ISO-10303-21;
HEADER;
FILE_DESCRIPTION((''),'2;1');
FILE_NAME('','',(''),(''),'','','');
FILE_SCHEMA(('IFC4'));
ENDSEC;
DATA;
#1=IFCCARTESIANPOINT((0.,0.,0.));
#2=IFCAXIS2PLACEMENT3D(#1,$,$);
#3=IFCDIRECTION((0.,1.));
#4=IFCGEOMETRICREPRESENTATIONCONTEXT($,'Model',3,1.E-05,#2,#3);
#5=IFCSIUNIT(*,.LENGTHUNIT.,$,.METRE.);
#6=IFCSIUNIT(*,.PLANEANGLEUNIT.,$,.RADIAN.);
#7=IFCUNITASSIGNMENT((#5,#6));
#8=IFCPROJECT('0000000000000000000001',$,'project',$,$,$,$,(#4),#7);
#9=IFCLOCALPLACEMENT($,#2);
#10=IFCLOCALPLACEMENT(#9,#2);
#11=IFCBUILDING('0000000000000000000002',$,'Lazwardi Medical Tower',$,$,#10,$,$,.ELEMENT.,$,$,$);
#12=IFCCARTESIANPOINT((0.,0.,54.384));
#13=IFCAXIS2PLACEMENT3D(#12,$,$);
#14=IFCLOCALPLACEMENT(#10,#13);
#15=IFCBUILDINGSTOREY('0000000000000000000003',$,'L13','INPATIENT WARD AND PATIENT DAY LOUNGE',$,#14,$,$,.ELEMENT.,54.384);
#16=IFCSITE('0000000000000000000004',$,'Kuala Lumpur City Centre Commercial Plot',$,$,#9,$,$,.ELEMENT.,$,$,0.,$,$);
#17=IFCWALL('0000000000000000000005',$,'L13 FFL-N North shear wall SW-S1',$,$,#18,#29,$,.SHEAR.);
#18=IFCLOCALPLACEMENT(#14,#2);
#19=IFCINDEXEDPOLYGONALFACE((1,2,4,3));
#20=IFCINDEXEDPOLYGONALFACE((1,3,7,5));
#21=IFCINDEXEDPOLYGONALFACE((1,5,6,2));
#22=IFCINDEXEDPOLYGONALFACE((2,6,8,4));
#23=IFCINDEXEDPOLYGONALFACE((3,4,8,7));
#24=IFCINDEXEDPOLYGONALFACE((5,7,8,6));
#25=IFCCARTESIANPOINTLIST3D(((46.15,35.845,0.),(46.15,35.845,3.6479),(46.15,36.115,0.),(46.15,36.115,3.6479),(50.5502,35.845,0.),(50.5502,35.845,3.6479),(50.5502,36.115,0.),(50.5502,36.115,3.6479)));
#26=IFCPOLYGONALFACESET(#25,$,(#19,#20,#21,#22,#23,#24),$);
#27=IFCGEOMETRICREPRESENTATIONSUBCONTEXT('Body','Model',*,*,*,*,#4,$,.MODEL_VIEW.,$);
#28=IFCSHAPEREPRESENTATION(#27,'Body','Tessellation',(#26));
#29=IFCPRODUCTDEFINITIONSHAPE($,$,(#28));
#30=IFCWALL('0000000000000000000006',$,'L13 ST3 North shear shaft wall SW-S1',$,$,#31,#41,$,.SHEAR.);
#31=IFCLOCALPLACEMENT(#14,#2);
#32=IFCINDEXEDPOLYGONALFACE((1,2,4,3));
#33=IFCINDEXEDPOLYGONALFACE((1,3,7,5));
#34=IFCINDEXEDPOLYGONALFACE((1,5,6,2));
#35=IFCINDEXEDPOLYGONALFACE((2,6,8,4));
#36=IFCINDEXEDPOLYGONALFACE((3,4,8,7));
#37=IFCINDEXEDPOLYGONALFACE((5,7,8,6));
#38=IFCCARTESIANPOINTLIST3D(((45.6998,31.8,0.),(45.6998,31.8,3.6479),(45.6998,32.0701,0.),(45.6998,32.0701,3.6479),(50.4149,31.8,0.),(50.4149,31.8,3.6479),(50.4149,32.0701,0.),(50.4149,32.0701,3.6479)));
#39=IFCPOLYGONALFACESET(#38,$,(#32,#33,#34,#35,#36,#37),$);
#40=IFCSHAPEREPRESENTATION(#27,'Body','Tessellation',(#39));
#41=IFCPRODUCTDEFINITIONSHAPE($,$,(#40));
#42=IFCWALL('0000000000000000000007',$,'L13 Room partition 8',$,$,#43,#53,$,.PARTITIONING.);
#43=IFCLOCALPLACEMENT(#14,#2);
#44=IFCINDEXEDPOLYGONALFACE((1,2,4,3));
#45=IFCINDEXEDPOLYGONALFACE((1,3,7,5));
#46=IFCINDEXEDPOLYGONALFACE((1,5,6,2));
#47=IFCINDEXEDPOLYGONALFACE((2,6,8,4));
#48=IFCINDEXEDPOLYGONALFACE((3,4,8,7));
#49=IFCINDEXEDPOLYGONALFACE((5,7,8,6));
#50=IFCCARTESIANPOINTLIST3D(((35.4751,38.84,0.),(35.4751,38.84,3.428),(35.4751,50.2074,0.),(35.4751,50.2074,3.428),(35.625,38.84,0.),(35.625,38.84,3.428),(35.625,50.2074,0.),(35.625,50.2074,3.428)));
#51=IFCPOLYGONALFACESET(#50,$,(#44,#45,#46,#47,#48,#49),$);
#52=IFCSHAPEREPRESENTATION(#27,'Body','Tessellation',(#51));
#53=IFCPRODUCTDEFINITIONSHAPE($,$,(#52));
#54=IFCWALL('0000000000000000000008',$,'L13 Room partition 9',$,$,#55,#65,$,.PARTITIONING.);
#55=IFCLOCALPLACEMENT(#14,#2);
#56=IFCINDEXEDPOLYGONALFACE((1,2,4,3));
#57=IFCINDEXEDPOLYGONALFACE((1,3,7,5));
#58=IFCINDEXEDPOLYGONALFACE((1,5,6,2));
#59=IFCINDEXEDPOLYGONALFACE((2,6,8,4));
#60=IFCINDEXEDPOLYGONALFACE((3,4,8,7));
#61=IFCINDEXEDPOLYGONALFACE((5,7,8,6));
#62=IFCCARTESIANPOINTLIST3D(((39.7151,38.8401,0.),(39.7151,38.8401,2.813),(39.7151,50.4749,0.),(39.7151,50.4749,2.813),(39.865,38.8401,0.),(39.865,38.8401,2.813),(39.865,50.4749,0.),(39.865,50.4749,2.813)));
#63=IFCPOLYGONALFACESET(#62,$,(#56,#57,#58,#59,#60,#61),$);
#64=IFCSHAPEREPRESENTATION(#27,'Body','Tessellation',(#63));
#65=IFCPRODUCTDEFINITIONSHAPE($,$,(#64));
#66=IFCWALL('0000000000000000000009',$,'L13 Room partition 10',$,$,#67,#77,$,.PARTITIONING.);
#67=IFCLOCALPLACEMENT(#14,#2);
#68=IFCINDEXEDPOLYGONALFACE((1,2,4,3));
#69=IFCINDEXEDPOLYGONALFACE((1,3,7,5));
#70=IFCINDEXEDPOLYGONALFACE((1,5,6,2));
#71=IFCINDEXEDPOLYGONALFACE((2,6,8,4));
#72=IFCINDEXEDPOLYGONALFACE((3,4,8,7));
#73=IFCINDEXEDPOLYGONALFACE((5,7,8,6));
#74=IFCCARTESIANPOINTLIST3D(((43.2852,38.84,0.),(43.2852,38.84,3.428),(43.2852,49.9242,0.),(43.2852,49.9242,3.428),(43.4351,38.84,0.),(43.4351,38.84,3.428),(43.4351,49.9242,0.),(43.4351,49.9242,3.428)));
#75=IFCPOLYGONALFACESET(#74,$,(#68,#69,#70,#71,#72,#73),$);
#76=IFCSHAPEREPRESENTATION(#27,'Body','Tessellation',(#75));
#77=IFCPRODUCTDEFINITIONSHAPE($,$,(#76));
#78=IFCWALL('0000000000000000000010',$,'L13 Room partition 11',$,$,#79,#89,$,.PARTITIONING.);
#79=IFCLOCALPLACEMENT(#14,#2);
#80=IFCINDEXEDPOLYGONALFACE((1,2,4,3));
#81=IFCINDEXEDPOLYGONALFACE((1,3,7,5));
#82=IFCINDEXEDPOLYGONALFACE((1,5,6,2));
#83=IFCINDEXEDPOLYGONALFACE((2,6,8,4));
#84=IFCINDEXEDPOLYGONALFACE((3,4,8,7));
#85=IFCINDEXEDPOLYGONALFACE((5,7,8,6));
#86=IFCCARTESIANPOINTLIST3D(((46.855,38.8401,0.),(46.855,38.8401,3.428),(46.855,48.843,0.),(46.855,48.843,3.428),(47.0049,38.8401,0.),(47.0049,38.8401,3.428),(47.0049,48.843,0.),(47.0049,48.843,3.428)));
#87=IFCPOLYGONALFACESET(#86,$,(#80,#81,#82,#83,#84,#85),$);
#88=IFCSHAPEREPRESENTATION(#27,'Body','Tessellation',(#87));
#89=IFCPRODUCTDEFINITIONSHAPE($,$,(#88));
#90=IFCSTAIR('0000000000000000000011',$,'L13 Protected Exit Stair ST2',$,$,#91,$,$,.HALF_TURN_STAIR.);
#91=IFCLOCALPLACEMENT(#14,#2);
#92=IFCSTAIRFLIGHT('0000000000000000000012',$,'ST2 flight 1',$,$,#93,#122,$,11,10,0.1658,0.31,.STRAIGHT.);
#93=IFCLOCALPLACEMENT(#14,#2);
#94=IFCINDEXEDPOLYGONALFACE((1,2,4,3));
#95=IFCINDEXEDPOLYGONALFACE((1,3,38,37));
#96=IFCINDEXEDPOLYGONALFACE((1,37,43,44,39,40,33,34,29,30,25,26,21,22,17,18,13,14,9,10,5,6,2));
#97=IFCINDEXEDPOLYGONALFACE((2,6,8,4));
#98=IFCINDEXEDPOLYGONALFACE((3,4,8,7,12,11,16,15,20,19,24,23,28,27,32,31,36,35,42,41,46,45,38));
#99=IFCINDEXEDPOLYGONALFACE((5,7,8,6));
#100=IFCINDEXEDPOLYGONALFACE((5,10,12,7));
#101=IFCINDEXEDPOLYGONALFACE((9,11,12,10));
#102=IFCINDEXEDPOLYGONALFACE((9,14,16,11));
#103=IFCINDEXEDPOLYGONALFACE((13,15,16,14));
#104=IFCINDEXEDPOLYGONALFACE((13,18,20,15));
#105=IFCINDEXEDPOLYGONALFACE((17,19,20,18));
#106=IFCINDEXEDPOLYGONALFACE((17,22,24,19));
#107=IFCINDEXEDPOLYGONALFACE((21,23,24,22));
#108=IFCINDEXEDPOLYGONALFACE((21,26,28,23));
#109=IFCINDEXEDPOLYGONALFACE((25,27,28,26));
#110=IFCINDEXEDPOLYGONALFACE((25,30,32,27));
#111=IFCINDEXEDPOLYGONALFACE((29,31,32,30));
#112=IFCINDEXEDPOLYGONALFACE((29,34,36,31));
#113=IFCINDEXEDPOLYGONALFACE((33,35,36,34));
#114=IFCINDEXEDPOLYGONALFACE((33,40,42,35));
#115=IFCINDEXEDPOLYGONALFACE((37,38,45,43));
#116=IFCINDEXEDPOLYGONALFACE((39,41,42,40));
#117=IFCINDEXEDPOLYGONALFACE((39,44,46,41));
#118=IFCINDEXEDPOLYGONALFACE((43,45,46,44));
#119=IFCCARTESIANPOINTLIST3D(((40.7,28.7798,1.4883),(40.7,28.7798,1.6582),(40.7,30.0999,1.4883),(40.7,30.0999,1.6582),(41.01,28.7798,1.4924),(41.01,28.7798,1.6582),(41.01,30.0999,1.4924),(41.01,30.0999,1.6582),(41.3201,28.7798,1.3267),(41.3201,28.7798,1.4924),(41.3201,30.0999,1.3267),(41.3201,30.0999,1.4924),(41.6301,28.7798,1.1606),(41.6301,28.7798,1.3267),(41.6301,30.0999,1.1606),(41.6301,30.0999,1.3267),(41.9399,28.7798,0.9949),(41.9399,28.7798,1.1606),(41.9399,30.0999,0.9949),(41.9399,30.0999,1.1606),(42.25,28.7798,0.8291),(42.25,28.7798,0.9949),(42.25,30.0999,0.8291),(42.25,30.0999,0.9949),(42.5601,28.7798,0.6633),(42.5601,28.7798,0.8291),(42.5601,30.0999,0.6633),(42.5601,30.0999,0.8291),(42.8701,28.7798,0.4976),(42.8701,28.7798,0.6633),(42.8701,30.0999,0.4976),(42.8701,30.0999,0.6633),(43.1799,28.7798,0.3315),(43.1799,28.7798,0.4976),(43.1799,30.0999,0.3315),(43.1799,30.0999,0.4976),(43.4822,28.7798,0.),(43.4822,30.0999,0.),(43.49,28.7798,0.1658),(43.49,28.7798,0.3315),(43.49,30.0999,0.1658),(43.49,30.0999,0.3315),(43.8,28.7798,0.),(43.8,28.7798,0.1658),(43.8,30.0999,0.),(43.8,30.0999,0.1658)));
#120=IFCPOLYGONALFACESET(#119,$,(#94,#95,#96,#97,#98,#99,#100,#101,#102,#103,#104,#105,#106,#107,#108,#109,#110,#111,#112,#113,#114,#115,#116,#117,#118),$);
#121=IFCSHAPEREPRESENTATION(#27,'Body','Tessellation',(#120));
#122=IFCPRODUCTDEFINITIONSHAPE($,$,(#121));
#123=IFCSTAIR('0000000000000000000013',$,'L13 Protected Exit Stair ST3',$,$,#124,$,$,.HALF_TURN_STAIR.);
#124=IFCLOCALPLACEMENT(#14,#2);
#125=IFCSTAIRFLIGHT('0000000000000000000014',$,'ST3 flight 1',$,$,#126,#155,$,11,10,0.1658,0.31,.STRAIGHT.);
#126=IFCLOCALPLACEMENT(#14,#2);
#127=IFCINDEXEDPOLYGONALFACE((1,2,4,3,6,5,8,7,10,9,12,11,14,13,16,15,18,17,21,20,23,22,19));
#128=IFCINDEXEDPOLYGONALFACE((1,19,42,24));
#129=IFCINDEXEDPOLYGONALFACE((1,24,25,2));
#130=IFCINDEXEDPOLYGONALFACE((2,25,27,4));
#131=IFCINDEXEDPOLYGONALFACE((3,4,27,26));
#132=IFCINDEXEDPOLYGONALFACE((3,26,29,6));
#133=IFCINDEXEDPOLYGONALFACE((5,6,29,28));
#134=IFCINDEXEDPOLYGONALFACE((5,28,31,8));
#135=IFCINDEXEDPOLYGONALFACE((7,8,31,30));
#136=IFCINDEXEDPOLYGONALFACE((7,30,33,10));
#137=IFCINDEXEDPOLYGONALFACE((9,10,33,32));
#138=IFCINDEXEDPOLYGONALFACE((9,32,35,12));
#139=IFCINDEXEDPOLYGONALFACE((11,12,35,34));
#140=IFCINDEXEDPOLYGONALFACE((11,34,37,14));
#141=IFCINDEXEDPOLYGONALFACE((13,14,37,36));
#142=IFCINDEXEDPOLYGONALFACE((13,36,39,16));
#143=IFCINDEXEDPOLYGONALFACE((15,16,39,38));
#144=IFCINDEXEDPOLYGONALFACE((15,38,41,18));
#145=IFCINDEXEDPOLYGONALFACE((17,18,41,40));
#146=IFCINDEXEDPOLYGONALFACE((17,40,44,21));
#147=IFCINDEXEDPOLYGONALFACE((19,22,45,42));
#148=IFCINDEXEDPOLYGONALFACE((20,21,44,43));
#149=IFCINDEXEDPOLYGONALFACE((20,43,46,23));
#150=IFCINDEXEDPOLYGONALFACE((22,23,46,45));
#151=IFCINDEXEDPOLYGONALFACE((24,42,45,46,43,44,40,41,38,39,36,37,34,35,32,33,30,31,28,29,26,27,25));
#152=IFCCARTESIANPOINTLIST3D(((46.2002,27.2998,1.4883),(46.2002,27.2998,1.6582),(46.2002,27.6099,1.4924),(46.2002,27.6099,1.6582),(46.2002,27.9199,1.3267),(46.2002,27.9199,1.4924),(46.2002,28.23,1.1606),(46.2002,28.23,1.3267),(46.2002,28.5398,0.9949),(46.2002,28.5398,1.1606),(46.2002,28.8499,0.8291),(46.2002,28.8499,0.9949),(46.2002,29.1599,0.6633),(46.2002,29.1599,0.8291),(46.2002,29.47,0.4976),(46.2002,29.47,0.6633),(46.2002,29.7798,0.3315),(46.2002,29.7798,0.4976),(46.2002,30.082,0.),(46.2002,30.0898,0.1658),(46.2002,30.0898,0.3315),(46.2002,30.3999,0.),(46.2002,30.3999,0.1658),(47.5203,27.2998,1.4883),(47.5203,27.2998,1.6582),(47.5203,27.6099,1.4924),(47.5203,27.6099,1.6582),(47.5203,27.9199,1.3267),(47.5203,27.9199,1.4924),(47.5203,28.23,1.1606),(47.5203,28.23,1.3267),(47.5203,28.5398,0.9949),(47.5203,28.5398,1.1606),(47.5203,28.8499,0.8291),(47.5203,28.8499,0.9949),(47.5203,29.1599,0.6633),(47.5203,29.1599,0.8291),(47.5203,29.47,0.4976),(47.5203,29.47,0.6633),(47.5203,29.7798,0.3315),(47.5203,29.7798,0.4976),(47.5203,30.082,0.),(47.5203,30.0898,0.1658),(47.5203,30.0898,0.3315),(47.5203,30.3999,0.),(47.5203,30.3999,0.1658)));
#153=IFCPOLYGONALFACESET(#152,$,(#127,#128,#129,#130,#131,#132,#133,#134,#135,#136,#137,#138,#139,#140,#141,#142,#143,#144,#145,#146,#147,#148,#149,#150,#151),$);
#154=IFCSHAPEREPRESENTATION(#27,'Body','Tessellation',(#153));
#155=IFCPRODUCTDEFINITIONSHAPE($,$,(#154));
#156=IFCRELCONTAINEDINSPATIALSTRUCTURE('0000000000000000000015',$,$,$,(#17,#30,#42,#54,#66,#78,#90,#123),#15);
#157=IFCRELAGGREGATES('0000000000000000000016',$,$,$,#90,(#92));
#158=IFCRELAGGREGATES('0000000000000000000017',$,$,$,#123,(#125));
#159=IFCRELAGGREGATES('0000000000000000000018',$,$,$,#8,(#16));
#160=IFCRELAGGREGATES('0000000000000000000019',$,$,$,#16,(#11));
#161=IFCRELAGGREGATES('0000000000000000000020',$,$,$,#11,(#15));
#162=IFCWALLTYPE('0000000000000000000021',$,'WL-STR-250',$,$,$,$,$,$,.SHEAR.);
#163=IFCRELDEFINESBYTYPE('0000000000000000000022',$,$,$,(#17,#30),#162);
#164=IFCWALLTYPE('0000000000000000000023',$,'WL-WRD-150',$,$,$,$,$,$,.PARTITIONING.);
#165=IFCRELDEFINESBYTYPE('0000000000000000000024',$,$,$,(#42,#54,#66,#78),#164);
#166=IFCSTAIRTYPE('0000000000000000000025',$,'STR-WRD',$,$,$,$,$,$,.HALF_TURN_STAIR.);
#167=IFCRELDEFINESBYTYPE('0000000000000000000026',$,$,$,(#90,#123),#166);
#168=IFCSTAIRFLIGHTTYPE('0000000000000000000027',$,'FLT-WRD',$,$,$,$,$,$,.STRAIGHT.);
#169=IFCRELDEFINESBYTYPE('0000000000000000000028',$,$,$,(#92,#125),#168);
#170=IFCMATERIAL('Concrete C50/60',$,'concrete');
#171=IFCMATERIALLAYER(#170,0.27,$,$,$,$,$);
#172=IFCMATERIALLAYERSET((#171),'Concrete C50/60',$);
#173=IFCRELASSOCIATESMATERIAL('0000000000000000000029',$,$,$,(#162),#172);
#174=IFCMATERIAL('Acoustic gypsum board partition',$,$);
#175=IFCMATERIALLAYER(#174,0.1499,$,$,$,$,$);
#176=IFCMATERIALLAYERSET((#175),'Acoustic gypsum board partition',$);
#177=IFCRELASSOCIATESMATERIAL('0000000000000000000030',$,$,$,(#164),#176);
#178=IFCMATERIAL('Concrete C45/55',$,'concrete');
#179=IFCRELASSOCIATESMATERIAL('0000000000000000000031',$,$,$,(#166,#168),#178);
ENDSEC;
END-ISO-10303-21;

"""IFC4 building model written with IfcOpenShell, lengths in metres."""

from ifc_helpers import new_model, si_unit, direction, frame, frame_2d, origin, place, context, subcontext, project, spatial, polyline, rectangle, outline, extrude, material, layer, layer_set, type_object, element, aggregate, save


model = new_model("IFC4")

# Units and contexts
model_context = context("Model", 3, precision=1e-05, world=origin(), true_north=direction((0.0, 1.0)))
body_context = subcontext(model_context, "Body", "Model", "MODEL_VIEW")
ifc_project = project(units=[si_unit("LENGTHUNIT", "METRE"), si_unit("PLANEANGLEUNIT", "RADIAN")], contexts=[model_context])

# Site, building, storey
site_placement = place(None, origin())
site = spatial("IfcSite", under=ifc_project, at=site_placement, Name="Kuala Lumpur City Centre Commercial Plot", CompositionType="ELEMENT", RefElevation=0.0)
building_placement = place(site_placement, origin())
building = spatial("IfcBuilding", under=site, at=building_placement, Name="Lazwardi Medical Tower", CompositionType="ELEMENT")
storey_placement = place(building_placement, frame((0.0, 0.0, 54.384)))
storey = spatial("IfcBuildingStorey", under=building, at=storey_placement, Name="L13", Description="INPATIENT WARD AND PATIENT DAY LOUNGE", CompositionType="ELEMENT", Elevation=54.384)

# Shared definitions
ifc_material_1 = material(Name="Concrete C50/60", Category="concrete")
ifc_layer_1 = layer(ifc_material_1, 0.27)
ifc_layer_set_1 = layer_set([ifc_layer_1], Name="Concrete C50/60")
wall_type_1 = type_object("IfcWallType", Name="WL-STR-250", PredefinedType="SHEAR", material=ifc_layer_set_1)

# Walls
wall_1_placement = place(storey_placement, frame((46.1499, 35.98, 0.0), z_axis=(0.0, 0.0, 1.0), x_axis=(1.0, 0.0, 0.0)))
element("IfcWall", 1, at=wall_1_placement, inside=storey, type_object=wall_type_1, Name="L13 FFL-N North shear wall SW-S1", PredefinedType="SHEAR", context=body_context, shape_type="SweptSolid", body=[
    extrude(rectangle(XDim=4.4001, YDim=0.27, at=frame_2d((2.2002, 0.0))), origin(), (0.0, 0.0, 1.0), 3.6479),
])
wall_2_placement = place(storey_placement, frame((45.7, 31.9351, 0.0), z_axis=(0.0, 0.0, 1.0), x_axis=(1.0, 0.0, 0.0)))
element("IfcWall", 2, at=wall_2_placement, inside=storey, type_object=wall_type_1, Name="L13 ST3 North shear shaft wall SW-S1", PredefinedType="SHEAR", context=body_context, shape_type="SweptSolid", body=[
    extrude(rectangle(XDim=4.7151, YDim=0.27, at=frame_2d((2.3574, 0.0))), origin(), (0.0, 0.0, 1.0), 3.6479),
])
ifc_material_2 = material(Name="Acoustic gypsum board partition")
ifc_layer_2 = layer(ifc_material_2, 0.1499)
ifc_layer_set_2 = layer_set([ifc_layer_2], Name="Acoustic gypsum board partition")
wall_type_2 = type_object("IfcWallType", Name="WL-WRD-150", PredefinedType="PARTITIONING", material=ifc_layer_set_2)
wall_3_placement = place(storey_placement, frame((35.55, 38.8401, 0.0), z_axis=(0.0, 0.0, 1.0), x_axis=(0.0, 1.0, 0.0)))
element("IfcWall", 3, at=wall_3_placement, inside=storey, type_object=wall_type_2, Name="L13 Room partition 8", PredefinedType="PARTITIONING", context=body_context, shape_type="SweptSolid", body=[
    extrude(rectangle(XDim=11.3674, YDim=0.1499, at=frame_2d((5.6836, 0.0))), origin(), (0.0, 0.0, 1.0), 3.428),
])
wall_4_placement = place(storey_placement, frame((39.79, 38.8401, 0.0), z_axis=(0.0, 0.0, 1.0), x_axis=(0.0, 1.0, 0.0)))
element("IfcWall", 4, at=wall_4_placement, inside=storey, type_object=wall_type_2, Name="L13 Room partition 9", PredefinedType="PARTITIONING", context=body_context, shape_type="SweptSolid", body=[
    extrude(rectangle(XDim=11.6348, YDim=0.1499, at=frame_2d((5.8174, 0.0))), origin(), (0.0, 0.0, 1.0), 2.813),
])
wall_5_placement = place(storey_placement, frame((43.3601, 38.8401, 0.0), z_axis=(0.0, 0.0, 1.0), x_axis=(0.0, 1.0, 0.0)))
element("IfcWall", 5, at=wall_5_placement, inside=storey, type_object=wall_type_2, Name="L13 Room partition 10", PredefinedType="PARTITIONING", context=body_context, shape_type="SweptSolid", body=[
    extrude(rectangle(XDim=11.0842, YDim=0.1499, at=frame_2d((5.542, 0.0))), origin(), (0.0, 0.0, 1.0), 3.428),
])
wall_6_placement = place(storey_placement, frame((46.9299, 38.8401, 0.0), z_axis=(0.0, 0.0, 1.0), x_axis=(0.0, 1.0, 0.0)))
element("IfcWall", 6, at=wall_6_placement, inside=storey, type_object=wall_type_2, Name="L13 Room partition 11", PredefinedType="PARTITIONING", context=body_context, shape_type="SweptSolid", body=[
    extrude(rectangle(XDim=10.0029, YDim=0.1499, at=frame_2d((5.0015, 0.0))), origin(), (0.0, 0.0, 1.0), 3.428),
])

# Stairs, stair flights
ifc_material_3 = material(Name="Concrete C45/55", Category="concrete")
stair_type = type_object("IfcStairType", Name="STR-WRD", PredefinedType="HALF_TURN_STAIR", material=ifc_material_3)
stair_1_placement = place(storey_placement, origin())
stair_1 = element("IfcStair", 7, at=stair_1_placement, inside=storey, type_object=stair_type, Name="L13 Protected Exit Stair ST2", PredefinedType="HALF_TURN_STAIR")
stair_flight_type = type_object("IfcStairFlightType", Name="FLT-WRD", PredefinedType="STRAIGHT", material=ifc_material_3)
stair_flight_1_placement = place(storey_placement, frame((43.8, 29.4399, 0.0), z_axis=(0.0, 0.0, 1.0), x_axis=(-1.0, 0.0, 0.0)))
stair_flight_1 = element("IfcStairFlight", 8, at=stair_flight_1_placement, type_object=stair_flight_type, Name="ST2 flight 1", NumberOfRisers=11, NumberOfTreads=10, PredefinedType="STRAIGHT", RiserHeight=0.1658, TreadLength=0.31, context=body_context, shape_type="SweptSolid", body=[
    extrude(outline(polyline([(0.0, 0.0), (0.0, 0.1658), (0.3101, 0.1658), (0.3101, 0.3315), (0.6201, 0.3315), (0.6201, 0.4976), (0.9299, 0.4976), (0.9299, 0.6633), (1.24, 0.6633), (1.24, 0.8291), (1.55, 0.8291), (1.55, 0.9949), (1.8601, 0.9949), (1.8601, 1.1606), (2.1699, 1.1606), (2.1699, 1.3267), (2.48, 1.3267), (2.48, 1.4924), (2.79, 1.4924), (2.79, 1.6582), (3.1001, 1.6582), (3.1001, 1.824), (3.1001, 1.4883), (0.3179, 0.0), (0.0, 0.0)])), frame((0.0, 0.6602, 0.0), z_axis=(0.0, -1.0, 0.0), x_axis=(1.0, 0.0, 0.0)), (0.0, 0.0, 1.0), 1.3201),
])
aggregate(stair_1, [stair_flight_1])
stair_2_placement = place(storey_placement, origin())
stair_2 = element("IfcStair", 9, at=stair_2_placement, inside=storey, type_object=stair_type, Name="L13 Protected Exit Stair ST3", PredefinedType="HALF_TURN_STAIR")
stair_flight_2_placement = place(storey_placement, frame((46.8601, 30.3999, 0.0), z_axis=(0.0, 0.0, 1.0), x_axis=(0.0, -1.0, 0.0)))
stair_flight_2 = element("IfcStairFlight", 10, at=stair_flight_2_placement, type_object=stair_flight_type, Name="ST3 flight 1", NumberOfRisers=11, NumberOfTreads=10, PredefinedType="STRAIGHT", RiserHeight=0.1658, TreadLength=0.31, context=body_context, shape_type="SweptSolid", body=[
    extrude(outline(polyline([(0.0, 0.0), (0.0, 0.1658), (0.3101, 0.1658), (0.3101, 0.3315), (0.6201, 0.3315), (0.6201, 0.4976), (0.9299, 0.4976), (0.9299, 0.6633), (1.24, 0.6633), (1.24, 0.8291), (1.55, 0.8291), (1.55, 0.9949), (1.8601, 0.9949), (1.8601, 1.1606), (2.1699, 1.1606), (2.1699, 1.3267), (2.48, 1.3267), (2.48, 1.4924), (2.79, 1.4924), (2.79, 1.6582), (3.1001, 1.6582), (3.1001, 1.824), (3.1001, 1.4883), (0.3179, 0.0), (0.0, 0.0)])), frame((0.0, 0.6602, 0.0), z_axis=(0.0, -1.0, 0.0), x_axis=(1.0, 0.0, 0.0)), (0.0, 0.0, 1.0), 1.3201),
])
aggregate(stair_2, [stair_flight_2])

save(model, "model.ifc")
